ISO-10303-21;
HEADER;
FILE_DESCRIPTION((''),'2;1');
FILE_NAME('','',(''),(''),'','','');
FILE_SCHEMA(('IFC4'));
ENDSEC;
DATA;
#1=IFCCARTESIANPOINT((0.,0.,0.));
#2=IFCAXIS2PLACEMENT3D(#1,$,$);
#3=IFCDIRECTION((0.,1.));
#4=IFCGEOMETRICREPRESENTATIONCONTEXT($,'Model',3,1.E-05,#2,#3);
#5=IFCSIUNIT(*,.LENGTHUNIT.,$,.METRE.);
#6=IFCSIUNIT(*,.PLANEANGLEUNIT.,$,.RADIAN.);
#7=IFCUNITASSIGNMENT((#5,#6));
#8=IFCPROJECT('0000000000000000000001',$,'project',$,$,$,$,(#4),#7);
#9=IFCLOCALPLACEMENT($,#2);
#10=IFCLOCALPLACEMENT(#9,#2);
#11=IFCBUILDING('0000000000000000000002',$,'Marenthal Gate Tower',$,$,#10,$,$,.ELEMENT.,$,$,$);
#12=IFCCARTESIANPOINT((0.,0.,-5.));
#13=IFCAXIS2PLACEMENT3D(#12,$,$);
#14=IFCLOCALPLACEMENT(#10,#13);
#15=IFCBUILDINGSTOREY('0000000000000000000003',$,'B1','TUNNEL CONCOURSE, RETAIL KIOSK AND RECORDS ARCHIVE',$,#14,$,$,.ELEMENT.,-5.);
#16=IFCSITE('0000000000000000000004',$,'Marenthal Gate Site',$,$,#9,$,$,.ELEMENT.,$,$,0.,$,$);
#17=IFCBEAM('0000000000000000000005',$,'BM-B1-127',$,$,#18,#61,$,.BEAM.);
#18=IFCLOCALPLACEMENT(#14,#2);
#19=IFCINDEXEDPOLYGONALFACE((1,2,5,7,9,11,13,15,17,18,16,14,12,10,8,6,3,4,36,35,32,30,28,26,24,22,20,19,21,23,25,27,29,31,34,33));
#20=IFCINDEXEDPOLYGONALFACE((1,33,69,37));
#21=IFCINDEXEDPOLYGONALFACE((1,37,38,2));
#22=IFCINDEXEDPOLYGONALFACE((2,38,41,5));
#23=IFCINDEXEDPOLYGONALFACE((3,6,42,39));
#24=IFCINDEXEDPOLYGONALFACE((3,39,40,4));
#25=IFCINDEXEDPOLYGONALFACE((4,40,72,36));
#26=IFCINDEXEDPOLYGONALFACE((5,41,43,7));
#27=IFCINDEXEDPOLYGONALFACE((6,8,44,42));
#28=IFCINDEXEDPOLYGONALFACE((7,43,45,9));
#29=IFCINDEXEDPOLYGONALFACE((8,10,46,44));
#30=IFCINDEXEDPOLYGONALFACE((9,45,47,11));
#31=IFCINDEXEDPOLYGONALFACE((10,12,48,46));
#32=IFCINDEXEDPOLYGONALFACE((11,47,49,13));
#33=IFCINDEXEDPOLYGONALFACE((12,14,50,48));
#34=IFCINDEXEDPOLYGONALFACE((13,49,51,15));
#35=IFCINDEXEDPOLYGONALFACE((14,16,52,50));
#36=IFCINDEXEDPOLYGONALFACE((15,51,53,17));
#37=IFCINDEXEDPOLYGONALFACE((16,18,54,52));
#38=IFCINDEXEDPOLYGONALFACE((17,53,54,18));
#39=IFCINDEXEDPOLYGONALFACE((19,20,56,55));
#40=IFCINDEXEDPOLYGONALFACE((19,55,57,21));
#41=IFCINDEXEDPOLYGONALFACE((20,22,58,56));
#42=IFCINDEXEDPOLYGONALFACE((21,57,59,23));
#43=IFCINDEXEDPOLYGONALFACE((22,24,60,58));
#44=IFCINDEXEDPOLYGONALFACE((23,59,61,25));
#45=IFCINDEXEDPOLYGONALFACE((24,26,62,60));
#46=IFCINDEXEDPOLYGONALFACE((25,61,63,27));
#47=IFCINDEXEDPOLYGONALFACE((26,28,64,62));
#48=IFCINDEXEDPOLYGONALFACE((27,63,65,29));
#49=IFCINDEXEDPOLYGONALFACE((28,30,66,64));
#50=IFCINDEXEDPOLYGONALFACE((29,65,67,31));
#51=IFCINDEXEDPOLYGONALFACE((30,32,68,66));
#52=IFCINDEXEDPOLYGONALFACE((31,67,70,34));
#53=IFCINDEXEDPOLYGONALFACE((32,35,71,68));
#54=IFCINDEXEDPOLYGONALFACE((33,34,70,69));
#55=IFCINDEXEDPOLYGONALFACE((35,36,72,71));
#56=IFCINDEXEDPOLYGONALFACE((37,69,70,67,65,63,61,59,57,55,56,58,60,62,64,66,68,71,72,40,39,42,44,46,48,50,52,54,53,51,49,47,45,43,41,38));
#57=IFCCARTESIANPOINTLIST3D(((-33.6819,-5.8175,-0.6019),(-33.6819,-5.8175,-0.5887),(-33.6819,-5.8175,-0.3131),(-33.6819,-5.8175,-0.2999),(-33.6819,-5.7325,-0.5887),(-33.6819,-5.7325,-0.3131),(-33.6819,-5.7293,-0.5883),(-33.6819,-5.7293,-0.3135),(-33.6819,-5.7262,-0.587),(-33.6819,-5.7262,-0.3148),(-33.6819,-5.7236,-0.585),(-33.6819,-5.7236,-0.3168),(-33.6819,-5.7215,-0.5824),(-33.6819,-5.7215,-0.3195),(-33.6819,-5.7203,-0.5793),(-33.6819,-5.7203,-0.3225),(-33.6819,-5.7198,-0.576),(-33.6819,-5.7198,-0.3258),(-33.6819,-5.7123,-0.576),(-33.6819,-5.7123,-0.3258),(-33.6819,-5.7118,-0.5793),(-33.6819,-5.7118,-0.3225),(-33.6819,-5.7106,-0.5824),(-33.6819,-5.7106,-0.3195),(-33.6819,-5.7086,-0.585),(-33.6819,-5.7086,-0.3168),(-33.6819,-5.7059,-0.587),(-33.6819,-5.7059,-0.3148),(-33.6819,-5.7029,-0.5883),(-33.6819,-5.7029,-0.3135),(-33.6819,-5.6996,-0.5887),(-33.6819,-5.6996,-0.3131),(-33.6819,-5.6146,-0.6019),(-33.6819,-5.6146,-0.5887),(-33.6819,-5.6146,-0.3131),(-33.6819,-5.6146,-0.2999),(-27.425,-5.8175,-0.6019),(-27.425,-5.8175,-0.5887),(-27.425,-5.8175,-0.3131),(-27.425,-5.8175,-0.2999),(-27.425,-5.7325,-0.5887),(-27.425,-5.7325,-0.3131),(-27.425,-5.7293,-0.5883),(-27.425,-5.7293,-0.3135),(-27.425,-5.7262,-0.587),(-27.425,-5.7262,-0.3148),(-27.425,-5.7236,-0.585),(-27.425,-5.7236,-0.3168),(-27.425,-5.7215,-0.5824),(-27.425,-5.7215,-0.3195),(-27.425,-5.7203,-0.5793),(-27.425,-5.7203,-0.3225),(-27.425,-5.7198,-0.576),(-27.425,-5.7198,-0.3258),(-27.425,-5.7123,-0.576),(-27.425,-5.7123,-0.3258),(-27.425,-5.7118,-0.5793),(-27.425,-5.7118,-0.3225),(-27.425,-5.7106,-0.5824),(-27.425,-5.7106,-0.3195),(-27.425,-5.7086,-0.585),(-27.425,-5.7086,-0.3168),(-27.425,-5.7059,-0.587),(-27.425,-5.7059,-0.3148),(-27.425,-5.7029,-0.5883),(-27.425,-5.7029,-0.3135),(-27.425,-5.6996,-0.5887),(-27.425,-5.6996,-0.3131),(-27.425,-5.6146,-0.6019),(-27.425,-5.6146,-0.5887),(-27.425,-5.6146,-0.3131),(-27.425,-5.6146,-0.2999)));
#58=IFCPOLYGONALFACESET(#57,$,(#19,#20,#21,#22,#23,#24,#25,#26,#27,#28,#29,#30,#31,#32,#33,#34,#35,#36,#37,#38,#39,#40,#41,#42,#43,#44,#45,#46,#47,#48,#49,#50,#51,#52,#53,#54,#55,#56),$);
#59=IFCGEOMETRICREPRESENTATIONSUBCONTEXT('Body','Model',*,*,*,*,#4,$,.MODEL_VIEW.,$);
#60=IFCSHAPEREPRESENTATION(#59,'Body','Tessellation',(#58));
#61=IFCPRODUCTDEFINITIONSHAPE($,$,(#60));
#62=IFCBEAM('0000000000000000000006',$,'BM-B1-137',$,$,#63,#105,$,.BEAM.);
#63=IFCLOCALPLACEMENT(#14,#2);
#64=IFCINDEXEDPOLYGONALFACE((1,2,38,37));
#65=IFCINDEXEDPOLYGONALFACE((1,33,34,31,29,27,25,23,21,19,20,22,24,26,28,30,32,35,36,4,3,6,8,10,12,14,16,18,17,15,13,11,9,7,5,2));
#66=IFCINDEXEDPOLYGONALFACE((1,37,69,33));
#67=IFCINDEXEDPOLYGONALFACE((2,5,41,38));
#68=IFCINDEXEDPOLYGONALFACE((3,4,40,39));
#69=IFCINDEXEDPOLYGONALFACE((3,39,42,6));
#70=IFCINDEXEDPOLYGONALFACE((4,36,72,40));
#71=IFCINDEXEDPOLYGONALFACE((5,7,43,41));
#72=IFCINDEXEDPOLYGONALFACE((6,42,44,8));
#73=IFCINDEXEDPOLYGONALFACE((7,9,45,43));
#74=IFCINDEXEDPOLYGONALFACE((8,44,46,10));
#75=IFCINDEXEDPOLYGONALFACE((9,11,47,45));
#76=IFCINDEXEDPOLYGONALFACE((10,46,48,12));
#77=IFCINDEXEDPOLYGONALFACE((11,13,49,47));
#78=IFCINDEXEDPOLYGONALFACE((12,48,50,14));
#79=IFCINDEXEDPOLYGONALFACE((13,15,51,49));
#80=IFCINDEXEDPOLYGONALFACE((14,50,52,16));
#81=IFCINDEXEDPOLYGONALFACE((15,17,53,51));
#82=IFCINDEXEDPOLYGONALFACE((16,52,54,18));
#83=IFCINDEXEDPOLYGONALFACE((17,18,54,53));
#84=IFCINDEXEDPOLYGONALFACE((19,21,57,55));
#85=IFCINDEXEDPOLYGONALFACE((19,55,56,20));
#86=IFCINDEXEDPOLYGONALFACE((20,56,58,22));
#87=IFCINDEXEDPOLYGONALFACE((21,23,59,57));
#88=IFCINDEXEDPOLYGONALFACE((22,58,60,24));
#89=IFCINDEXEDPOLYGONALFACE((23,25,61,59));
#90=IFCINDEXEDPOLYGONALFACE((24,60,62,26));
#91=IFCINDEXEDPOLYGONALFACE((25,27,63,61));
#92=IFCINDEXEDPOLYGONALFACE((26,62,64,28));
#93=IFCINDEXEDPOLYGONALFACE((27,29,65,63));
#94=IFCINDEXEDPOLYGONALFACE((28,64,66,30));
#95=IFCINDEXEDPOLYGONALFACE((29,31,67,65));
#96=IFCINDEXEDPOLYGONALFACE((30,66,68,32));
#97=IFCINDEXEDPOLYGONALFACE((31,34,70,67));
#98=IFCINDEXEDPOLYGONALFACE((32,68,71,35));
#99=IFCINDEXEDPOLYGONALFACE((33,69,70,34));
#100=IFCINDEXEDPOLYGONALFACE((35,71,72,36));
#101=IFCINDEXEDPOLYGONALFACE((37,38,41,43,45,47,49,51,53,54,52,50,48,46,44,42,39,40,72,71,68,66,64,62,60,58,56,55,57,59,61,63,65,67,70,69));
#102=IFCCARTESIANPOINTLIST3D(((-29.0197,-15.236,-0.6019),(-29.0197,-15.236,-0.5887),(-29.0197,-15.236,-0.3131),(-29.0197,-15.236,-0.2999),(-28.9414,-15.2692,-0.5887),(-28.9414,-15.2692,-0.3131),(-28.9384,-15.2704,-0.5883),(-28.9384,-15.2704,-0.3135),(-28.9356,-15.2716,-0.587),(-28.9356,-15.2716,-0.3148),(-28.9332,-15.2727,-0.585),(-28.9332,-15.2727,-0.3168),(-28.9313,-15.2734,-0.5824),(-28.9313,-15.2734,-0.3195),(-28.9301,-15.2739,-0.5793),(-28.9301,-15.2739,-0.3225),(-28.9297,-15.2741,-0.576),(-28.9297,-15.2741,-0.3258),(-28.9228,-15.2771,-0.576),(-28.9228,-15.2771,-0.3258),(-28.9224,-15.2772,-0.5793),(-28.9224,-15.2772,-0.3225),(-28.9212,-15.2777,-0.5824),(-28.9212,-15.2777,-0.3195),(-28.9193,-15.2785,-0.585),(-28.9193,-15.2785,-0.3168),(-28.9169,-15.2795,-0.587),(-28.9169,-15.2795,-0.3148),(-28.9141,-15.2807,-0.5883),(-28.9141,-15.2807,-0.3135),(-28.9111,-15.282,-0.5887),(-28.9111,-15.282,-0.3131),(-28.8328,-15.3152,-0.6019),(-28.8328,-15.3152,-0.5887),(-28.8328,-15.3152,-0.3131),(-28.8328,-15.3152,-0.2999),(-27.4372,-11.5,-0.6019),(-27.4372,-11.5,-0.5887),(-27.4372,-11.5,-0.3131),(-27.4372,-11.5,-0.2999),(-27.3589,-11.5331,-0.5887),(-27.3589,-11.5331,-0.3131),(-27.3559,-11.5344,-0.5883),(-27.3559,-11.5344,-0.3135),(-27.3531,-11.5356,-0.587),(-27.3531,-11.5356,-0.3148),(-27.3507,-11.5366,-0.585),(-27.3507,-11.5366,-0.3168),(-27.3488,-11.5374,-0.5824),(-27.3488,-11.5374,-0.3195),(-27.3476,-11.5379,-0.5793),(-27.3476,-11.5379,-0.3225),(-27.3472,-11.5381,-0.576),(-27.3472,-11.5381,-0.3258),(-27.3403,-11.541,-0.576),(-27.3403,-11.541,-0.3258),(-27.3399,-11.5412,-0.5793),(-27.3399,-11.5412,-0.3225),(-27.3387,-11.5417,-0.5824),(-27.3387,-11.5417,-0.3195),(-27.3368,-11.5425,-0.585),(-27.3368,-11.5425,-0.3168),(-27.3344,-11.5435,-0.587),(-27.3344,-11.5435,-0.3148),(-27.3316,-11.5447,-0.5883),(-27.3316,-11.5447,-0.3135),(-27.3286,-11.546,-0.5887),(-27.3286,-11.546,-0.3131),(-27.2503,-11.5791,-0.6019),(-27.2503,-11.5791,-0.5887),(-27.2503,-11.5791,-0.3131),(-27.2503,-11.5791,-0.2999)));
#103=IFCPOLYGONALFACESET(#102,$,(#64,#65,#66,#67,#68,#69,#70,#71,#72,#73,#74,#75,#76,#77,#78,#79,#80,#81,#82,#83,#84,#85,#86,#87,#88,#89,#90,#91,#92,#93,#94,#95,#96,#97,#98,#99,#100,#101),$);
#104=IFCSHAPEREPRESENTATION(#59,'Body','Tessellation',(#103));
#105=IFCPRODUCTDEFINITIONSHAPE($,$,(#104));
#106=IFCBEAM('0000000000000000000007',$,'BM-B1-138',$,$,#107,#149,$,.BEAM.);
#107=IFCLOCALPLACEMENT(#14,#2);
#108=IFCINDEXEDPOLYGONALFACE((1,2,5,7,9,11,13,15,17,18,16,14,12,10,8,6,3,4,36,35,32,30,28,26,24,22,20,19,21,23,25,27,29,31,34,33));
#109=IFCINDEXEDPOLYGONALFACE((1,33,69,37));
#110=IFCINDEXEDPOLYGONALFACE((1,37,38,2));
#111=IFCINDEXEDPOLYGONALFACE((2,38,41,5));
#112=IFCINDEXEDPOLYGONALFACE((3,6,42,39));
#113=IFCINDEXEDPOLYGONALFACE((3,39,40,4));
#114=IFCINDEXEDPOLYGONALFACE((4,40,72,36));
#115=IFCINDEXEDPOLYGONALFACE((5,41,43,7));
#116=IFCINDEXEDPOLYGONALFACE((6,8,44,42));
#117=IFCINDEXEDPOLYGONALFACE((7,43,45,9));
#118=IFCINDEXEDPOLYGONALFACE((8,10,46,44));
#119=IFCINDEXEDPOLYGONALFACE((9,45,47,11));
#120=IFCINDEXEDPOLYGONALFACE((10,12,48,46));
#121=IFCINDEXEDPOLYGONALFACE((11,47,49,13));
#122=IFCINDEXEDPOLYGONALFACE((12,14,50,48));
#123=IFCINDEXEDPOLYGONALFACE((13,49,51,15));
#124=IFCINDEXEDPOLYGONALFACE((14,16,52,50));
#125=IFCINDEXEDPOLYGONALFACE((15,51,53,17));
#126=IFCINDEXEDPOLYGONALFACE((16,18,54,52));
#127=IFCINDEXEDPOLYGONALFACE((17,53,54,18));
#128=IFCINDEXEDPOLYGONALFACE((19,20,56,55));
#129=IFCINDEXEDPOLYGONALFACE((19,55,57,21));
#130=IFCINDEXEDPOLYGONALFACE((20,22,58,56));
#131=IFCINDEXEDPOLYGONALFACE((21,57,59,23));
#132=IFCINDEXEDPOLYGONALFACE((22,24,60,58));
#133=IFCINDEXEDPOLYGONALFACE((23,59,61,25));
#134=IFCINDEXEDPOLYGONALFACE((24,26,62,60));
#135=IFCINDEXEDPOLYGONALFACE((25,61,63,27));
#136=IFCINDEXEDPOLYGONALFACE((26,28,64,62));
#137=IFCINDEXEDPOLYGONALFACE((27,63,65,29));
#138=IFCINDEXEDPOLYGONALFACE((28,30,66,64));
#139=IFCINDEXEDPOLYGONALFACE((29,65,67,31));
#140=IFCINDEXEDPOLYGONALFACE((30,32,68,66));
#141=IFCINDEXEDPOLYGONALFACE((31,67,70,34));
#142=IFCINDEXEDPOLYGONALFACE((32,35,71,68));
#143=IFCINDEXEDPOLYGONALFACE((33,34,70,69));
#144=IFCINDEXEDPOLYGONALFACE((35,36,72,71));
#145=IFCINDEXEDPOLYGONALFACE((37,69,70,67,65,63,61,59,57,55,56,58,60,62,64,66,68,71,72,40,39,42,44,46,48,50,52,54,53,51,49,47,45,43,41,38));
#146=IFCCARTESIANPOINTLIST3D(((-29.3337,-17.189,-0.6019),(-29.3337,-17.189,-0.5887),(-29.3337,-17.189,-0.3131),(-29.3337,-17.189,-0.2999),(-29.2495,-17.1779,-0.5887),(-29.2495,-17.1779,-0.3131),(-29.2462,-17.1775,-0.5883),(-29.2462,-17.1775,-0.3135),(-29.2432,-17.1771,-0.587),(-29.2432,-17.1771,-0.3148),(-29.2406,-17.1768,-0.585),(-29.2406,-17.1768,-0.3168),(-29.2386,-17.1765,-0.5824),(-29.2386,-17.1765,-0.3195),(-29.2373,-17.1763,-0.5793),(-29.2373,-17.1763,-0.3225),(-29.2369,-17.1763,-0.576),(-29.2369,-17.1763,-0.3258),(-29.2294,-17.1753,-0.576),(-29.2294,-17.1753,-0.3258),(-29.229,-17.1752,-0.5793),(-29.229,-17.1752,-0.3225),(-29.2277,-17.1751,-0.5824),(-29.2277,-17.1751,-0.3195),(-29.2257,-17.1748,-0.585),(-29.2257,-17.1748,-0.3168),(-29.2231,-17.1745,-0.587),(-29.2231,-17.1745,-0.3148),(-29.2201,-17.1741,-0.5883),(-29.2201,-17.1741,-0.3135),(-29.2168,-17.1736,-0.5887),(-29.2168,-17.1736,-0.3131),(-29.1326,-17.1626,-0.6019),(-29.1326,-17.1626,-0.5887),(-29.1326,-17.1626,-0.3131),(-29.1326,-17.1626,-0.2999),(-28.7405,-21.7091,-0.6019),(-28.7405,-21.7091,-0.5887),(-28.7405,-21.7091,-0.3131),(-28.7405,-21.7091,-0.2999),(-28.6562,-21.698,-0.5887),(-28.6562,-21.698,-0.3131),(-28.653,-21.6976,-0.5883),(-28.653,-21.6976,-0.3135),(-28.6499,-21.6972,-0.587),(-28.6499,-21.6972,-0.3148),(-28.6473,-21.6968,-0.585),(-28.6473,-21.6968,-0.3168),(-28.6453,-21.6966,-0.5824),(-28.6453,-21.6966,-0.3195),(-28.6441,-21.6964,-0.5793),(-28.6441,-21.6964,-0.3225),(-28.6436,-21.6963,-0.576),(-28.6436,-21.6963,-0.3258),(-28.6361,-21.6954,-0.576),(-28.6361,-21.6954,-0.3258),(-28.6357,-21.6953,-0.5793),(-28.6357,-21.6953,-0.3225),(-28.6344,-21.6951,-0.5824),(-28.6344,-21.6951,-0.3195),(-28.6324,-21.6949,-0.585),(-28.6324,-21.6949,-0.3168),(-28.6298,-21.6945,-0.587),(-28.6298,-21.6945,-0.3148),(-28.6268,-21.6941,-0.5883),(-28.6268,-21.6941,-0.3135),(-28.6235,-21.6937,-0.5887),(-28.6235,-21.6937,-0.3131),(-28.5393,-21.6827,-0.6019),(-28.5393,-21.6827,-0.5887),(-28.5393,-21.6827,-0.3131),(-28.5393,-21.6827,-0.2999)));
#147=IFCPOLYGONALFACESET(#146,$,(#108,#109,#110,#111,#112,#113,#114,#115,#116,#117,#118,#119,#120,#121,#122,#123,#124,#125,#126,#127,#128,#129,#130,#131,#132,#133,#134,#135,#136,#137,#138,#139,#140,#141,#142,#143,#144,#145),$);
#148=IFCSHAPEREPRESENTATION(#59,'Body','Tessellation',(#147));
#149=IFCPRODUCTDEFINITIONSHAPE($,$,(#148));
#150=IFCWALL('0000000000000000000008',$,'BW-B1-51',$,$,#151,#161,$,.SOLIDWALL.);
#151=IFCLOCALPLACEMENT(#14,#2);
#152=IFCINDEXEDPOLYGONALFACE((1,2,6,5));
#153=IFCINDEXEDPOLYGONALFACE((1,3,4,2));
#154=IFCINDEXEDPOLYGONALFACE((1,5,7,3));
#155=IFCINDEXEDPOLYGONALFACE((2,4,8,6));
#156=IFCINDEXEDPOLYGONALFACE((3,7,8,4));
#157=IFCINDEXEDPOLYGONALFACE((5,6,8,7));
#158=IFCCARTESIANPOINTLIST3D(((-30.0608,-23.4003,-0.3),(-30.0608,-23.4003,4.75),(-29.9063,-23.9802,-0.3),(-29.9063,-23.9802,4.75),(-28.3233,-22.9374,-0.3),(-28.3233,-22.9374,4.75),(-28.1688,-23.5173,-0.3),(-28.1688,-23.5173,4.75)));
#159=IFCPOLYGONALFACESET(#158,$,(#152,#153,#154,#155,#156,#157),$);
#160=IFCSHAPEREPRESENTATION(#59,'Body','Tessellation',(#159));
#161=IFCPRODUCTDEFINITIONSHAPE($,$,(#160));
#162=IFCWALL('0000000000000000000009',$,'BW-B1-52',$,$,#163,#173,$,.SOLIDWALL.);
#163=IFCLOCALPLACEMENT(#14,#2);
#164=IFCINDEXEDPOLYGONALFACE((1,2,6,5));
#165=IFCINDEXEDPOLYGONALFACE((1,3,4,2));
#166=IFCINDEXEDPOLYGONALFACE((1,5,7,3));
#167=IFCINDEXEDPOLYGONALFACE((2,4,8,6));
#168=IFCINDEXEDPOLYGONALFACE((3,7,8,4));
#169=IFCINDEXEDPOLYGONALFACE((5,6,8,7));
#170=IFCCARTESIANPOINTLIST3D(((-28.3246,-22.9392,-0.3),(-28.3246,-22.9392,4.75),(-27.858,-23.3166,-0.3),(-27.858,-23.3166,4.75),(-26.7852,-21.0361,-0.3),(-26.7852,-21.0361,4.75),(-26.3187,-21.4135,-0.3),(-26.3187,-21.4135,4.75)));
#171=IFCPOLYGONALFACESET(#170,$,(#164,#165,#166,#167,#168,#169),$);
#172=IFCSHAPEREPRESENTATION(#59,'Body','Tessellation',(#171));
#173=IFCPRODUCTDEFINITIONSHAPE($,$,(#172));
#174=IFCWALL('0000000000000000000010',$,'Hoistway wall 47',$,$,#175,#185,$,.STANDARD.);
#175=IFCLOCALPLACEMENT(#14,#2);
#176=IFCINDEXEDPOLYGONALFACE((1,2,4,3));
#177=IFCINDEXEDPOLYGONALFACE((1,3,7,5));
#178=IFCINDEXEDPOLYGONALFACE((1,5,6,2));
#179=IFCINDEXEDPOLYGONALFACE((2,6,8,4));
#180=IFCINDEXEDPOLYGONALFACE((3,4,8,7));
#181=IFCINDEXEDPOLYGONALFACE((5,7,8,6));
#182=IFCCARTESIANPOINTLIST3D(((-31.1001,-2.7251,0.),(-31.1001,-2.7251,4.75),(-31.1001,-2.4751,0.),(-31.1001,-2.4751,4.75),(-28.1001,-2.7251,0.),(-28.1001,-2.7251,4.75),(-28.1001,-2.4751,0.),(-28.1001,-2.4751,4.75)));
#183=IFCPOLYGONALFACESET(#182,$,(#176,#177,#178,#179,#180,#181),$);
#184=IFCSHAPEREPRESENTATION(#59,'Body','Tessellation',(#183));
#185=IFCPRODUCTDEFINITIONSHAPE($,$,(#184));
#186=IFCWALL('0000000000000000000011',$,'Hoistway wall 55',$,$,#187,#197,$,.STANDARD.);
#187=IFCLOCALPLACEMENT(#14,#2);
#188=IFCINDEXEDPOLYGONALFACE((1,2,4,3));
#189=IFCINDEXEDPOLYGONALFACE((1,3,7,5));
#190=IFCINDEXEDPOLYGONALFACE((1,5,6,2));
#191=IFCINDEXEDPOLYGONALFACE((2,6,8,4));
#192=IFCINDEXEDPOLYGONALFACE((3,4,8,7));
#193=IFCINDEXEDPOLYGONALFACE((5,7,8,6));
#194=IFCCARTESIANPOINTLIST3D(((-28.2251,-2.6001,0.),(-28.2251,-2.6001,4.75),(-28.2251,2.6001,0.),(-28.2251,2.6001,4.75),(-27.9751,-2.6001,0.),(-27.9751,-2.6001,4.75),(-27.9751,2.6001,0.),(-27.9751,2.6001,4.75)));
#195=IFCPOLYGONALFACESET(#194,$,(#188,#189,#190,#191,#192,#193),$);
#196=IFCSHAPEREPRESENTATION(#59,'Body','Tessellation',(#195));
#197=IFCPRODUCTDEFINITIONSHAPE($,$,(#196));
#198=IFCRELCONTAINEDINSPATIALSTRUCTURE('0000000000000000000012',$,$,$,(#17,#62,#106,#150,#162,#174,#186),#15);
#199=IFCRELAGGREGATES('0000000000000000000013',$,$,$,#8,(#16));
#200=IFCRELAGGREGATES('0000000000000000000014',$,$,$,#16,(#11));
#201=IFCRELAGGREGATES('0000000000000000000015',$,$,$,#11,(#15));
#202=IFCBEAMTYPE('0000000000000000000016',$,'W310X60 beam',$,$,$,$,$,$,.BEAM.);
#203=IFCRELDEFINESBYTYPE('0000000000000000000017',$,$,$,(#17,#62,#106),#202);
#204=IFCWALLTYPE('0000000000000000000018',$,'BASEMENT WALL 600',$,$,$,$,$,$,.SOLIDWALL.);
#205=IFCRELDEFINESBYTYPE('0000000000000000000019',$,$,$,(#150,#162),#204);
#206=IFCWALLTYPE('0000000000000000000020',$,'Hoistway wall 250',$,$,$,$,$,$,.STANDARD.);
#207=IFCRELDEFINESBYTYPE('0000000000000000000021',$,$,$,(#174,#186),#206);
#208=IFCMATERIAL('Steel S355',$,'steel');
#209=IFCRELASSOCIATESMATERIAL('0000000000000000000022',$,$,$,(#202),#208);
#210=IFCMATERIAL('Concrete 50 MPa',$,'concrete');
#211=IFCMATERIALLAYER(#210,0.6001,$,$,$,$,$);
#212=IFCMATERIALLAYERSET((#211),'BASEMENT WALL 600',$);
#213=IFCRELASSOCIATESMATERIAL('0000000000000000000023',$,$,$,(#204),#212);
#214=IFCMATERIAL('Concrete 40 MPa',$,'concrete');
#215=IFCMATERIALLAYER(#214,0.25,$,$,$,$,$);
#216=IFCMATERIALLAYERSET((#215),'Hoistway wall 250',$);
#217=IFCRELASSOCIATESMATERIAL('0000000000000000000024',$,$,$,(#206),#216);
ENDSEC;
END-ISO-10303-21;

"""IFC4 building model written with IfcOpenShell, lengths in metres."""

from ifc_helpers import new_model, si_unit, direction, frame, frame_2d, origin, origin_2d, place, context, subcontext, project, spatial, rectangle, i_section, extrude, material, layer, layer_set, material_profile, profile_set, type_object, element, save


model = new_model("IFC4")

# Units and contexts
model_context = context("Model", 3, precision=1e-05, world=origin(), true_north=direction((0.0, 1.0)))
body_context = subcontext(model_context, "Body", "Model", "MODEL_VIEW")
ifc_project = project(units=[si_unit("LENGTHUNIT", "METRE"), si_unit("PLANEANGLEUNIT", "RADIAN")], contexts=[model_context])

# Site, building, storey
site_placement = place(None, origin())
site = spatial("IfcSite", under=ifc_project, at=site_placement, Name="Marenthal Gate Site", CompositionType="ELEMENT", RefElevation=0.0)
building_placement = place(site_placement, origin())
building = spatial("IfcBuilding", under=site, at=building_placement, Name="Marenthal Gate Tower", CompositionType="ELEMENT")
storey_placement = place(building_placement, frame((0.0, 0.0, -5.0)))
storey = spatial("IfcBuildingStorey", under=building, at=storey_placement, Name="B1", Description="TUNNEL CONCOURSE, RETAIL KIOSK AND RECORDS ARCHIVE", CompositionType="ELEMENT", Elevation=-5.0)

# Beams
ifc_material_1 = material(Name="Steel S355", Category="steel")
ifc_material_profile_1 = material_profile(ifc_material_1, i_section(OverallWidth=0.2029, OverallDepth=0.302, WebThickness=0.0076, FlangeThickness=0.0132, FilletRadius=0.0127, at=origin_2d()), Name="W310X60")
ifc_profile_set_1 = profile_set([ifc_material_profile_1], Name="Steel S355")
beam_type_1 = type_object("IfcBeamType", Name="W310X60 beam", PredefinedType="BEAM", material=ifc_profile_set_1)
beam_1_placement = place(storey_placement, frame((-27.425, -5.7161, -0.4509), z_axis=(-1.0, 0.0, 0.0), x_axis=(0.0, -1.0, 0.0)))
element("IfcBeam", 1, at=beam_1_placement, inside=storey, type_object=beam_type_1, Name="BM-B1-127", PredefinedType="BEAM", context=body_context, shape_type="SweptSolid", body=[
    extrude(i_section(OverallWidth=0.2029, OverallDepth=0.302, WebThickness=0.0076, FlangeThickness=0.0132, FilletRadius=0.0127, at=origin_2d()), origin(), (0.0, 0.0, 1.0), 6.2568),
])
beam_2_placement = place(storey_placement, frame((-27.3438, -11.5396, -0.4509), z_axis=(-0.390031, -0.920802, 0.0), x_axis=(0.920802, -0.390031, 0.0)))
element("IfcBeam", 2, at=beam_2_placement, inside=storey, type_object=beam_type_1, Name="BM-B1-137", PredefinedType="BEAM", context=body_context, shape_type="SweptSolid", body=[
    extrude(i_section(OverallWidth=0.2029, OverallDepth=0.302, WebThickness=0.0076, FlangeThickness=0.0132, FilletRadius=0.0127, at=origin_2d()), origin(), (0.0, 0.0, 1.0), 4.0574),
])
beam_3_placement = place(storey_placement, frame((-29.2332, -17.1758, -0.4509), z_axis=(0.130136, -0.991496, 0.0), x_axis=(0.991496, 0.130136, 0.0)))
element("IfcBeam", 3, at=beam_3_placement, inside=storey, type_object=beam_type_1, Name="BM-B1-138", PredefinedType="BEAM", context=body_context, shape_type="SweptSolid", body=[
    extrude(i_section(OverallWidth=0.2029, OverallDepth=0.302, WebThickness=0.0076, FlangeThickness=0.0132, FilletRadius=0.0127, at=origin_2d()), origin(), (0.0, 0.0, 1.0), 4.5588),
])

# Walls
ifc_material_2 = material(Name="Concrete 50 MPa", Category="concrete")
ifc_layer_1 = layer(ifc_material_2, 0.6001)
ifc_layer_set_1 = layer_set([ifc_layer_1], Name="BASEMENT WALL 600")
wall_type_1 = type_object("IfcWallType", Name="BASEMENT WALL 600", PredefinedType="SOLIDWALL", material=ifc_layer_set_1)
wall_1_placement = place(storey_placement, frame((-29.9834, -23.6902, -0.3), z_axis=(0.0, 0.0, 1.0), x_axis=(0.966298, 0.257426, 0.0)))
element("IfcWall", 4, at=wall_1_placement, inside=storey, type_object=wall_type_1, Name="BW-B1-51", PredefinedType="SOLIDWALL", context=body_context, shape_type="SweptSolid", body=[
    extrude(rectangle(XDim=1.7981, YDim=0.6001, at=frame_2d((0.8989, 0.0))), origin(), (0.0, 0.0, 1.0), 5.05),
])
wall_2_placement = place(storey_placement, frame((-28.0913, -23.1279, -0.3), z_axis=(0.0, 0.0, 1.0), x_axis=(0.628883, 0.7775, 0.0)))
element("IfcWall", 5, at=wall_2_placement, inside=storey, type_object=wall_type_1, Name="BW-B1-52", PredefinedType="SOLIDWALL", context=body_context, shape_type="SweptSolid", body=[
    extrude(rectangle(XDim=2.4478, YDim=0.6001, at=frame_2d((1.2239, 0.0))), origin(), (0.0, 0.0, 1.0), 5.05),
])
ifc_material_3 = material(Name="Concrete 40 MPa", Category="concrete")
ifc_layer_2 = layer(ifc_material_3, 0.25)
ifc_layer_set_2 = layer_set([ifc_layer_2], Name="Hoistway wall 250")
wall_type_2 = type_object("IfcWallType", Name="Hoistway wall 250", PredefinedType="STANDARD", material=ifc_layer_set_2)
wall_3_placement = place(storey_placement, frame((-31.1001, -2.6001, 0.0), z_axis=(0.0, 0.0, 1.0), x_axis=(1.0, 0.0, 0.0)))
element("IfcWall", 6, at=wall_3_placement, inside=storey, type_object=wall_type_2, Name="Hoistway wall 47", PredefinedType="STANDARD", context=body_context, shape_type="SweptSolid", body=[
    extrude(rectangle(XDim=3.0, YDim=0.25, at=frame_2d((1.5, 0.0))), origin(), (0.0, 0.0, 1.0), 4.75),
])
wall_4_placement = place(storey_placement, frame((-28.1001, -2.6001, 0.0), z_axis=(0.0, 0.0, 1.0), x_axis=(0.0, 1.0, 0.0)))
element("IfcWall", 7, at=wall_4_placement, inside=storey, type_object=wall_type_2, Name="Hoistway wall 55", PredefinedType="STANDARD", context=body_context, shape_type="SweptSolid", body=[
    extrude(rectangle(XDim=5.2002, YDim=0.25, at=frame_2d((2.6001, 0.0))), origin(), (0.0, 0.0, 1.0), 4.75),
])

save(model, "model.ifc")
